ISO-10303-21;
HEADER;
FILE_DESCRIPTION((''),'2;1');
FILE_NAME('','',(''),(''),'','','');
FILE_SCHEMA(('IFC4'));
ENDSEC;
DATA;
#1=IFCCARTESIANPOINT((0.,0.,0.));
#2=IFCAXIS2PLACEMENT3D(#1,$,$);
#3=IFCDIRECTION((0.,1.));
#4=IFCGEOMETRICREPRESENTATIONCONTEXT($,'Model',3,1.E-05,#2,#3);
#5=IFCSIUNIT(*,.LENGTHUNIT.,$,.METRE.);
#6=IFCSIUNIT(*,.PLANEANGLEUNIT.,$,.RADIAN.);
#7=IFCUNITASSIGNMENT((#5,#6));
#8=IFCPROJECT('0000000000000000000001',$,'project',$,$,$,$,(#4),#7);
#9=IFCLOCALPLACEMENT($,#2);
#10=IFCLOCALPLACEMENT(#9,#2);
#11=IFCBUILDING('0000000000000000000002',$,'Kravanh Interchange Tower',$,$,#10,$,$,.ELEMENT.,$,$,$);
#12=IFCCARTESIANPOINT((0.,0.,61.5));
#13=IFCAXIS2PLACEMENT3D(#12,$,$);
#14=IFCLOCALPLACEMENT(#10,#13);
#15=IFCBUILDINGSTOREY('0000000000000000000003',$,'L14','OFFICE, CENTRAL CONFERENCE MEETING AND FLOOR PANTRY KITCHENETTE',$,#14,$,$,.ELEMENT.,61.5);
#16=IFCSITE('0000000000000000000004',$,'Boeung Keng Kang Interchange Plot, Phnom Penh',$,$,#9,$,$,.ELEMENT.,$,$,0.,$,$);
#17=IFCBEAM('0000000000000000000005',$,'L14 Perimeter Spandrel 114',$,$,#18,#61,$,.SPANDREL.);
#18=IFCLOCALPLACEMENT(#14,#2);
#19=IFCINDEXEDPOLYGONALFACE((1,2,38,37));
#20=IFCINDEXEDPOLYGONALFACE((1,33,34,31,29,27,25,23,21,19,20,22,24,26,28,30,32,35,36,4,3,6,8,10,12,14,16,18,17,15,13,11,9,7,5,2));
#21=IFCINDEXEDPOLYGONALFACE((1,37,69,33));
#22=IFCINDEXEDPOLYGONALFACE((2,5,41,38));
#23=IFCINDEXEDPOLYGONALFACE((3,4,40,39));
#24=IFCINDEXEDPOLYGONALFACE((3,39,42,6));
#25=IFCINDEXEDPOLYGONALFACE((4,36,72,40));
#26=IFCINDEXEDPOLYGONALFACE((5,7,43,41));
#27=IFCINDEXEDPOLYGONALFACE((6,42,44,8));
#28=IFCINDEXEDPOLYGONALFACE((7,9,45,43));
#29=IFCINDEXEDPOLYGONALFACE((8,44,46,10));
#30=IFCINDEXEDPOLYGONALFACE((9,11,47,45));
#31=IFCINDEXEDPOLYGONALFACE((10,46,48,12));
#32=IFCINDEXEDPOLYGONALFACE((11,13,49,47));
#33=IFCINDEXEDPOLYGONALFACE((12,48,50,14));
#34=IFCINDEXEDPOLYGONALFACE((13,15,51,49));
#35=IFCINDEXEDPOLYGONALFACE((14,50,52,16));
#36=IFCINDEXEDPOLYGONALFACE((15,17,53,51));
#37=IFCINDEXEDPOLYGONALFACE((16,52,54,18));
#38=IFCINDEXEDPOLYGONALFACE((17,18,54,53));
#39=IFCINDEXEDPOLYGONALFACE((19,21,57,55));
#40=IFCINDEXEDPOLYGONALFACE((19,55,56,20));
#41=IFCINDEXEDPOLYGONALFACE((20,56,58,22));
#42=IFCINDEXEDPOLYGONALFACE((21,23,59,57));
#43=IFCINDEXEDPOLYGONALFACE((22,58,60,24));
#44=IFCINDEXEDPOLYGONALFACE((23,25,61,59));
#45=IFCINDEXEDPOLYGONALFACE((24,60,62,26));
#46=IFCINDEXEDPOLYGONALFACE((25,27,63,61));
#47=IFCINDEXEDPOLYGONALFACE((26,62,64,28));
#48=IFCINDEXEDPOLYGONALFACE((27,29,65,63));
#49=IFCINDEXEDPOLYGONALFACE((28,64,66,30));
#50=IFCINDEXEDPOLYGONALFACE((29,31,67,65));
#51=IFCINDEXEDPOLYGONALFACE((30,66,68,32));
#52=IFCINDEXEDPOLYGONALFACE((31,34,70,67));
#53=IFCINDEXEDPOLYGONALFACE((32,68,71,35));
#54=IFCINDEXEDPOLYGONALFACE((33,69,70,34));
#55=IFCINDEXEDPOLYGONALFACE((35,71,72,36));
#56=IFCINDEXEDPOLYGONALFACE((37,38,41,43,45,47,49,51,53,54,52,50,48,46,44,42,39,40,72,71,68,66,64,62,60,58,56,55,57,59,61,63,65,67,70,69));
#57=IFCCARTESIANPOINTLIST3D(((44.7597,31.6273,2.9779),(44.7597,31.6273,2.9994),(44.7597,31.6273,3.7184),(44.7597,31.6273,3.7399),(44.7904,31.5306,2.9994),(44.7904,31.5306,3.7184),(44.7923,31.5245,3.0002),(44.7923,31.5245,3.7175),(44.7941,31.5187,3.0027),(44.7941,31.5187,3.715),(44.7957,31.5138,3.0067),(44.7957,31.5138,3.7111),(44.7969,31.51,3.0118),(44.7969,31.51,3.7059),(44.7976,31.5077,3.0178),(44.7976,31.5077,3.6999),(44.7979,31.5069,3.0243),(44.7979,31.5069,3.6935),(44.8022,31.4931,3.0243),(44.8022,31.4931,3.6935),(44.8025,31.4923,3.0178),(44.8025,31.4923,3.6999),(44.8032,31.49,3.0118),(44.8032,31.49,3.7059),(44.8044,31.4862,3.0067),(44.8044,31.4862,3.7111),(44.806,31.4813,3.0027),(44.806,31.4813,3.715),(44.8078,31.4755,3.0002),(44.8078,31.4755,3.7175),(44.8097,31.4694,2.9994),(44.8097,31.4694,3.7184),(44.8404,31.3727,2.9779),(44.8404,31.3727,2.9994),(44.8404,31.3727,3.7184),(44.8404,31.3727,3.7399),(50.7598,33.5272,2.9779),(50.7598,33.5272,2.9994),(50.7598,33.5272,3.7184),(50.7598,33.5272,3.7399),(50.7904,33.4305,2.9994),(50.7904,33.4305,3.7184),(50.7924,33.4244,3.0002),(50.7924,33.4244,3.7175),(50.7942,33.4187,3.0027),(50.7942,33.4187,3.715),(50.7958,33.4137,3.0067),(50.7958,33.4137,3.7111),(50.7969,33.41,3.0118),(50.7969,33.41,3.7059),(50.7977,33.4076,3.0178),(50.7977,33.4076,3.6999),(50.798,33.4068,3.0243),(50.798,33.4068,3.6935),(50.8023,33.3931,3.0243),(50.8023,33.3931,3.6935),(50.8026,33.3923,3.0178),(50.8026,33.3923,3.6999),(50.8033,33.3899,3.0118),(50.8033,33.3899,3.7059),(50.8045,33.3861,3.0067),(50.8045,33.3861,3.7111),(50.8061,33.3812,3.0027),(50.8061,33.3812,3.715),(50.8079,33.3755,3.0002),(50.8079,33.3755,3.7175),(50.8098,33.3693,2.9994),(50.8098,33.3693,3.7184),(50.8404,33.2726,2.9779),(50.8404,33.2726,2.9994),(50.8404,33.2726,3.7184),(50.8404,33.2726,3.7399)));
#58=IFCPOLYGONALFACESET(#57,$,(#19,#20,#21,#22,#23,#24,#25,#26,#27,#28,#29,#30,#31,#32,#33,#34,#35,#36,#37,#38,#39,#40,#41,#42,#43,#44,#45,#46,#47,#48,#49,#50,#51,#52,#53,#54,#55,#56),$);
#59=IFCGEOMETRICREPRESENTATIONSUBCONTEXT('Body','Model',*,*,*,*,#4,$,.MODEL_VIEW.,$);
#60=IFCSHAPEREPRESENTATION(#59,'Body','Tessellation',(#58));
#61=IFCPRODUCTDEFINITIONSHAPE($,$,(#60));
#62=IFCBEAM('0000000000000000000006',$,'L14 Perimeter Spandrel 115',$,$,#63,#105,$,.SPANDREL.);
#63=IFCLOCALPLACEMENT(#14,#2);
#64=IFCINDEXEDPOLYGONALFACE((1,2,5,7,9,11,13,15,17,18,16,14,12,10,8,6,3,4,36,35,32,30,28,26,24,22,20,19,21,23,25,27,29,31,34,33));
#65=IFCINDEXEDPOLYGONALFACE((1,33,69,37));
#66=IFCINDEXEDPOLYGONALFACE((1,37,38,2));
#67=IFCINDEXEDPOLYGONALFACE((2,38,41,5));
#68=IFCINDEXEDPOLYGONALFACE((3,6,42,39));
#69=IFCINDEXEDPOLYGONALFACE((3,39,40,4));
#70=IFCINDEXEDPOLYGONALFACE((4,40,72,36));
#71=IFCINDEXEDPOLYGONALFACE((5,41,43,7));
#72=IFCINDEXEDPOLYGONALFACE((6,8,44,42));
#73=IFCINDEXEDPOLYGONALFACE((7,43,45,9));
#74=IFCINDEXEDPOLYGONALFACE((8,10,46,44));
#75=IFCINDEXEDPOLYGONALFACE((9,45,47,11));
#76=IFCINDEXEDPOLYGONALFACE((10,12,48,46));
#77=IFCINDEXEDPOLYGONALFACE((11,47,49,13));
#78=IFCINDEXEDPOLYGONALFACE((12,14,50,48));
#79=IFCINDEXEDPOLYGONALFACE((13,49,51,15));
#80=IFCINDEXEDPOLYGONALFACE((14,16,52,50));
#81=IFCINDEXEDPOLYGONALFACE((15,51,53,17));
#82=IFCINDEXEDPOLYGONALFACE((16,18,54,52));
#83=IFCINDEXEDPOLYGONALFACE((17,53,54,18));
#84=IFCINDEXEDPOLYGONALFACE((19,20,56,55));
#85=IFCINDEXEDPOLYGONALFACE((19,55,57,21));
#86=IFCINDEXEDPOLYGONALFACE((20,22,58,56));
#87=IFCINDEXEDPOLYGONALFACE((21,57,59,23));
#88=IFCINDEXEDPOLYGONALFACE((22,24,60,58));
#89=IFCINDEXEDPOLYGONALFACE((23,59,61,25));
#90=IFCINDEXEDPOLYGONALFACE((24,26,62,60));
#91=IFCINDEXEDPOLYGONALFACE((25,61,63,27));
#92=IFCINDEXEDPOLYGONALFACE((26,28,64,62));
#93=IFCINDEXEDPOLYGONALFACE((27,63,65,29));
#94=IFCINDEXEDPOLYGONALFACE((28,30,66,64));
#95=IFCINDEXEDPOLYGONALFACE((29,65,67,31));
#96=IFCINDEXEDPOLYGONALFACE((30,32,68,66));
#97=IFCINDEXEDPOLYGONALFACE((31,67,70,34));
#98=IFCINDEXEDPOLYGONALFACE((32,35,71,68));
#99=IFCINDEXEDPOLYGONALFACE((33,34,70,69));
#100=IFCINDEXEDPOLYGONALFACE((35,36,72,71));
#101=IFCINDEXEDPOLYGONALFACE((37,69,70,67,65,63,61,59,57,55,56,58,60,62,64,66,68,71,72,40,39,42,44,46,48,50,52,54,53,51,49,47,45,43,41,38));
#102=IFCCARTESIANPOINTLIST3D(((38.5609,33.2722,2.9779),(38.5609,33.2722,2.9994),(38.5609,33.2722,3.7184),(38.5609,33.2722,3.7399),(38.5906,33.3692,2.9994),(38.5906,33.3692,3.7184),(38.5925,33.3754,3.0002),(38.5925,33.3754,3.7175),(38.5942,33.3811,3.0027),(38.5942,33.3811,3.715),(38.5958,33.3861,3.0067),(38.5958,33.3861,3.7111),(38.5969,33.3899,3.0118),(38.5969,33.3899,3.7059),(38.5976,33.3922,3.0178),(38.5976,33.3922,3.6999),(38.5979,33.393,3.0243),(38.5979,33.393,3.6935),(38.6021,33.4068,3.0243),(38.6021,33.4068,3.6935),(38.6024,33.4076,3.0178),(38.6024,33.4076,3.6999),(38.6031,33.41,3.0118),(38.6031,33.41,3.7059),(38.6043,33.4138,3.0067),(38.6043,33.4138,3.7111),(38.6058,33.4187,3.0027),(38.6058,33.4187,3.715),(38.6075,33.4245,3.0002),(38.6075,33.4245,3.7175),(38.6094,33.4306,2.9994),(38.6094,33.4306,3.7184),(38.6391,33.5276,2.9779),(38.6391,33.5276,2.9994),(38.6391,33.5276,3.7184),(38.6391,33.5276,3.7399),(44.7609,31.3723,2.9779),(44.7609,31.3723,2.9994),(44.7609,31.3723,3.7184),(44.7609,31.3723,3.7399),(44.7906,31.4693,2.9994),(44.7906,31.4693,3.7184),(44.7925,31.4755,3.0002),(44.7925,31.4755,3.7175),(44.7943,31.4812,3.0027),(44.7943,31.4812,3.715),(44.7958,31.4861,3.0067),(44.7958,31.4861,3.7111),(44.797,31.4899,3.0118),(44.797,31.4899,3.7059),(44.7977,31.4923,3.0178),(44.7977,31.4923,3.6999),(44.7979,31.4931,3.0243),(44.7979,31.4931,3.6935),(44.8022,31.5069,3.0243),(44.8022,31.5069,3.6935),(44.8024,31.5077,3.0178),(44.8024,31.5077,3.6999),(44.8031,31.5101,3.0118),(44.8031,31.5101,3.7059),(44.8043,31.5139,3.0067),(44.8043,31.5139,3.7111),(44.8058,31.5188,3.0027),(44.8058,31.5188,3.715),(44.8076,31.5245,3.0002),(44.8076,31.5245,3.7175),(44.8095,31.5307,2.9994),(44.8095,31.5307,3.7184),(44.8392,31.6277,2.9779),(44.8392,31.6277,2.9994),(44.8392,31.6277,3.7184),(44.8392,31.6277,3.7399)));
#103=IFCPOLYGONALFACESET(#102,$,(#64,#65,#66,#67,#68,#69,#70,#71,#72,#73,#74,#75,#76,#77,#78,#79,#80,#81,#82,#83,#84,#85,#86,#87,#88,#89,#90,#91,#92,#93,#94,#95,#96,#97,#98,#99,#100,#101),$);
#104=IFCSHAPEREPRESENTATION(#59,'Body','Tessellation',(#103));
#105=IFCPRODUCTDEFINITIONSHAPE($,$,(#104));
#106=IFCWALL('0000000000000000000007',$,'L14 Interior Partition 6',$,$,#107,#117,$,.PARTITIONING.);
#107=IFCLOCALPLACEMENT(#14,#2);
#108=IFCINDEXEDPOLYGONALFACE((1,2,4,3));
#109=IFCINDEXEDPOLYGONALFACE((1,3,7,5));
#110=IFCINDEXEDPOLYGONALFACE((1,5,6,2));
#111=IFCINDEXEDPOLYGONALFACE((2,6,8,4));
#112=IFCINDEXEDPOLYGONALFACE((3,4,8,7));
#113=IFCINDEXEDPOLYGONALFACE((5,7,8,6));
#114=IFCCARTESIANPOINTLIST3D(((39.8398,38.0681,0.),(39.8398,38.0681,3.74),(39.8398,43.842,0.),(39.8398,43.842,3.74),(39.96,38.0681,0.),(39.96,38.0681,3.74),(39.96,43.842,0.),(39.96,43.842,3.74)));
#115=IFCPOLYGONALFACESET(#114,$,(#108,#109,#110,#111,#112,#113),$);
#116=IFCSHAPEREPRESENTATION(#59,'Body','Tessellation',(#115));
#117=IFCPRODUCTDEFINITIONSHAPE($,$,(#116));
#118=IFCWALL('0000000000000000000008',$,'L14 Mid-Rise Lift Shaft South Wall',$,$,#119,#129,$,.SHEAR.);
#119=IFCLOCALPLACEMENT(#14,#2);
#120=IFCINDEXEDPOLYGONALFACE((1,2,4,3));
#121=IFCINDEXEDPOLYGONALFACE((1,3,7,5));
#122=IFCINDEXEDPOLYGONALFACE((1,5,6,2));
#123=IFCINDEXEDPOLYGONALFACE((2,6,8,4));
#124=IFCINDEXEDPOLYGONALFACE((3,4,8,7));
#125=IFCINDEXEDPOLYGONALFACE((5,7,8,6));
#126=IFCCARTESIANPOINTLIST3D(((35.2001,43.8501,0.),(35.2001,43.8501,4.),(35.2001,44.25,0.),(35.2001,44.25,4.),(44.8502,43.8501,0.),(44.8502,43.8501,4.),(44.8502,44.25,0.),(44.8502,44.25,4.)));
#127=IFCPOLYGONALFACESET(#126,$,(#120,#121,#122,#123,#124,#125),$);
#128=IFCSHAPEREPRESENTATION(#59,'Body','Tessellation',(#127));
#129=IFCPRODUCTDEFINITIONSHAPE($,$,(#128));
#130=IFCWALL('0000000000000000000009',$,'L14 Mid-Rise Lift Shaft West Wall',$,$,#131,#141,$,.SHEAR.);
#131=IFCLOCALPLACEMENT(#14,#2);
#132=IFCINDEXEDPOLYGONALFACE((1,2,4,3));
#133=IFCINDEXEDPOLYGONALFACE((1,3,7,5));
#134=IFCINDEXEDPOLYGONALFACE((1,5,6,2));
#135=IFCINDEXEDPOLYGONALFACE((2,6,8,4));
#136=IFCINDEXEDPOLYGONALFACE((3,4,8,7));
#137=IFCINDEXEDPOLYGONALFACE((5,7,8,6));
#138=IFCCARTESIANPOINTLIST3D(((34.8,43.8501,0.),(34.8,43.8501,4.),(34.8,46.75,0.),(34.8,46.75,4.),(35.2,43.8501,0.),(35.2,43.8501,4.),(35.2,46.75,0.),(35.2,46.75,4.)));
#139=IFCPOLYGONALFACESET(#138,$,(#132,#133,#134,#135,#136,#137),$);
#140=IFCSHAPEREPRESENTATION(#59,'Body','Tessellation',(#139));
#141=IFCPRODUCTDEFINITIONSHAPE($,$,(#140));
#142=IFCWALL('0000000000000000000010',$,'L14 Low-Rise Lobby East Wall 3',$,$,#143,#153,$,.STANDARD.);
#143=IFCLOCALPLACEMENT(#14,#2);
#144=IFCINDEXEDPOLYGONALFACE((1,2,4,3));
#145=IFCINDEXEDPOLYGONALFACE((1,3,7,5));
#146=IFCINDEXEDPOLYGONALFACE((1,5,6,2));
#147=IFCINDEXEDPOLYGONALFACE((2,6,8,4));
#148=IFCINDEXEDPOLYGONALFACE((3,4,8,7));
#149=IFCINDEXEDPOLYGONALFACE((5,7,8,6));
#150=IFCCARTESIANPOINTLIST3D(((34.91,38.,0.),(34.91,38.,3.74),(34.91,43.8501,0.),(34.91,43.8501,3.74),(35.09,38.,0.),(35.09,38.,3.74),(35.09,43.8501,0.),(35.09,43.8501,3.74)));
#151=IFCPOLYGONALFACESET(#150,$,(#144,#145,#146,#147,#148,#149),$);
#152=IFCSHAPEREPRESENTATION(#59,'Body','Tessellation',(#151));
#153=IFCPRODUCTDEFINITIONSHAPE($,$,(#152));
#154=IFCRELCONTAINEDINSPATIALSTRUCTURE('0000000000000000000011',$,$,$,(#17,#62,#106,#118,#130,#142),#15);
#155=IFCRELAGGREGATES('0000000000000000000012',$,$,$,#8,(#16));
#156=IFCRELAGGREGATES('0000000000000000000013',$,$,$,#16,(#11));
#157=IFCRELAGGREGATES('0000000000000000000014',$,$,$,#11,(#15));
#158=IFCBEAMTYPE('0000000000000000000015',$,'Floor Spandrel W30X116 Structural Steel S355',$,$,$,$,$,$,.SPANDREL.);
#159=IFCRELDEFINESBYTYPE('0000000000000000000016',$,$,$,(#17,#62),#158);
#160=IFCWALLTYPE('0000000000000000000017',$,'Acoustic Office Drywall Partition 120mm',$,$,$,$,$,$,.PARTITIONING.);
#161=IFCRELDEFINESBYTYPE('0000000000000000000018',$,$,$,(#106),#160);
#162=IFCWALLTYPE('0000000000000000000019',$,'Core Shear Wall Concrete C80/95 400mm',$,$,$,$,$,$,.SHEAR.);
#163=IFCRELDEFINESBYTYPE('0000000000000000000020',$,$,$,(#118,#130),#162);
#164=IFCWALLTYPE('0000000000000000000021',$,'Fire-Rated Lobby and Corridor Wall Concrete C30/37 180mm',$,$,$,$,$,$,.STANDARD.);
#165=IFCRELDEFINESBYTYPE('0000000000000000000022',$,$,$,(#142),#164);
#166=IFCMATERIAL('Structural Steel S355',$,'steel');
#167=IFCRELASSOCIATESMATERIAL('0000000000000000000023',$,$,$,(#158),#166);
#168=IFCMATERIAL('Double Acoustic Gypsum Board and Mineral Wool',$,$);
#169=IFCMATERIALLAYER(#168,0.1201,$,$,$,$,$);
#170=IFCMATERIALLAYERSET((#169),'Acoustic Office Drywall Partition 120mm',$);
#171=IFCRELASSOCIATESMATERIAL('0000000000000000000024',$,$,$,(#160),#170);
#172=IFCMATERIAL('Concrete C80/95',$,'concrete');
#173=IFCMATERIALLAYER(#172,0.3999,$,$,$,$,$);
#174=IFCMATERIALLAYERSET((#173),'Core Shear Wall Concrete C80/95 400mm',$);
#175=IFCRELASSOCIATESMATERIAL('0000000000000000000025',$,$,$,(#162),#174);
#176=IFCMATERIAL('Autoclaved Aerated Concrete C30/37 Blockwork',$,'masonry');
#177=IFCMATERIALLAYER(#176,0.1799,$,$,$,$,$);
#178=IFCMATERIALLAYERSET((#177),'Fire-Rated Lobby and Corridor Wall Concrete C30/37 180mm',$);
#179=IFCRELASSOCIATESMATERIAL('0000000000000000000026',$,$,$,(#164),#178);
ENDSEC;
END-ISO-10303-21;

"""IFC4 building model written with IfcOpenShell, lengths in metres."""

from ifc_helpers import new_model, si_unit, direction, frame, frame_2d, origin, origin_2d, place, context, subcontext, project, spatial, rectangle, i_section, extrude, material, layer, layer_set, material_profile, profile_set, type_object, element, save


model = new_model("IFC4")

# Units and contexts
model_context = context("Model", 3, precision=1e-05, world=origin(), true_north=direction((0.0, 1.0)))
body_context = subcontext(model_context, "Body", "Model", "MODEL_VIEW")
ifc_project = project(units=[si_unit("LENGTHUNIT", "METRE"), si_unit("PLANEANGLEUNIT", "RADIAN")], contexts=[model_context])

# Site, building, storey
site_placement = place(None, origin())
site = spatial("IfcSite", under=ifc_project, at=site_placement, Name="Boeung Keng Kang Interchange Plot, Phnom Penh", CompositionType="ELEMENT", RefElevation=0.0)
building_placement = place(site_placement, origin())
building = spatial("IfcBuilding", under=site, at=building_placement, Name="Kravanh Interchange Tower", CompositionType="ELEMENT")
storey_placement = place(building_placement, frame((0.0, 0.0, 61.5)))
storey = spatial("IfcBuildingStorey", under=building, at=storey_placement, Name="L14", Description="OFFICE, CENTRAL CONFERENCE MEETING AND FLOOR PANTRY KITCHENETTE", CompositionType="ELEMENT", Elevation=61.5)

# Beams
ifc_material_1 = material(Name="Structural Steel S355", Category="steel")
ifc_material_profile_1 = material_profile(ifc_material_1, i_section(OverallWidth=0.2671, OverallDepth=0.762, WebThickness=0.0144, FlangeThickness=0.0215, FilletRadius=0.0249, at=origin_2d()), Name="W30X116")
ifc_profile_set_1 = profile_set([ifc_material_profile_1], Name="Structural Steel S355")
beam_type_1 = type_object("IfcBeamType", Name="Floor Spandrel W30X116 Structural Steel S355", PredefinedType="SPANDREL", material=ifc_profile_set_1)
beam_1_placement = place(storey_placement, frame((44.8, 31.5, 3.3589), z_axis=(0.953347, 0.301878, 0.0), x_axis=(-0.301878, 0.953347, 0.0)))
element("IfcBeam", 1, at=beam_1_placement, inside=storey, type_object=beam_type_1, Name="L14 Perimeter Spandrel 114", PredefinedType="SPANDREL", context=body_context, shape_type="SweptSolid", body=[
    extrude(i_section(OverallWidth=0.2671, OverallDepth=0.762, WebThickness=0.0144, FlangeThickness=0.0215, FilletRadius=0.0249, at=origin_2d()), origin(), (0.0, 0.0, 1.0), 6.2937),
])
beam_2_placement = place(storey_placement, frame((44.8, 31.5, 3.3589), z_axis=(-0.956115, 0.29299, 0.0), x_axis=(-0.29299, -0.956115, 0.0)))
element("IfcBeam", 2, at=beam_2_placement, inside=storey, type_object=beam_type_1, Name="L14 Perimeter Spandrel 115", PredefinedType="SPANDREL", context=body_context, shape_type="SweptSolid", body=[
    extrude(i_section(OverallWidth=0.2671, OverallDepth=0.762, WebThickness=0.0144, FlangeThickness=0.0215, FilletRadius=0.0249, at=origin_2d()), origin(), (0.0, 0.0, 1.0), 6.4846),
])

# Walls
ifc_material_2 = material(Name="Double Acoustic Gypsum Board and Mineral Wool")
ifc_layer_1 = layer(ifc_material_2, 0.1201)
ifc_layer_set_1 = layer_set([ifc_layer_1], Name="Acoustic Office Drywall Partition 120mm")
wall_type_1 = type_object("IfcWallType", Name="Acoustic Office Drywall Partition 120mm", PredefinedType="PARTITIONING", material=ifc_layer_set_1)
wall_1_placement = place(storey_placement, frame((39.8999, 38.0681, 0.0), z_axis=(0.0, 0.0, 1.0), x_axis=(0.0, 1.0, 0.0)))
element("IfcWall", 3, at=wall_1_placement, inside=storey, type_object=wall_type_1, Name="L14 Interior Partition 6", PredefinedType="PARTITIONING", context=body_context, shape_type="SweptSolid", body=[
    extrude(rectangle(XDim=5.7739, YDim=0.1201, at=frame_2d((2.887, 0.0))), origin(), (0.0, 0.0, 1.0), 3.74),
])
ifc_material_3 = material(Name="Concrete C80/95", Category="concrete")
ifc_layer_2 = layer(ifc_material_3, 0.3999)
ifc_layer_set_2 = layer_set([ifc_layer_2], Name="Core Shear Wall Concrete C80/95 400mm")
wall_type_2 = type_object("IfcWallType", Name="Core Shear Wall Concrete C80/95 400mm", PredefinedType="SHEAR", material=ifc_layer_set_2)
wall_2_placement = place(storey_placement, frame((35.2, 44.05, 0.0), z_axis=(0.0, 0.0, 1.0), x_axis=(1.0, 0.0, 0.0)))
element("IfcWall", 4, at=wall_2_placement, inside=storey, type_object=wall_type_2, Name="L14 Mid-Rise Lift Shaft South Wall", PredefinedType="SHEAR", context=body_context, shape_type="SweptSolid", body=[
    extrude(rectangle(XDim=9.6501, YDim=0.3999, at=frame_2d((4.8252, 0.0))), origin(), (0.0, 0.0, 1.0), 4.0),
])
wall_3_placement = place(storey_placement, frame((35.0, 43.8501, 0.0), z_axis=(0.0, 0.0, 1.0), x_axis=(0.0, 1.0, 0.0)))
element("IfcWall", 5, at=wall_3_placement, inside=storey, type_object=wall_type_2, Name="L14 Mid-Rise Lift Shaft West Wall", PredefinedType="SHEAR", context=body_context, shape_type="SweptSolid", body=[
    extrude(rectangle(XDim=2.8999, YDim=0.3999, at=frame_2d((1.45, 0.0))), origin(), (0.0, 0.0, 1.0), 4.0),
])
ifc_material_4 = material(Name="Autoclaved Aerated Concrete C30/37 Blockwork", Category="masonry")
ifc_layer_3 = layer(ifc_material_4, 0.1799)
ifc_layer_set_3 = layer_set([ifc_layer_3], Name="Fire-Rated Lobby and Corridor Wall Concrete C30/37 180mm")
wall_type_3 = type_object("IfcWallType", Name="Fire-Rated Lobby and Corridor Wall Concrete C30/37 180mm", PredefinedType="STANDARD", material=ifc_layer_set_3)
wall_4_placement = place(storey_placement, frame((35.0, 38.0, 0.0), z_axis=(0.0, 0.0, 1.0), x_axis=(0.0, 1.0, 0.0)))
element("IfcWall", 6, at=wall_4_placement, inside=storey, type_object=wall_type_3, Name="L14 Low-Rise Lobby East Wall 3", PredefinedType="STANDARD", context=body_context, shape_type="SweptSolid", body=[
    extrude(rectangle(XDim=5.8501, YDim=0.1799, at=frame_2d((2.925, 0.0))), origin(), (0.0, 0.0, 1.0), 3.74),
])

save(model, "model.ifc")
